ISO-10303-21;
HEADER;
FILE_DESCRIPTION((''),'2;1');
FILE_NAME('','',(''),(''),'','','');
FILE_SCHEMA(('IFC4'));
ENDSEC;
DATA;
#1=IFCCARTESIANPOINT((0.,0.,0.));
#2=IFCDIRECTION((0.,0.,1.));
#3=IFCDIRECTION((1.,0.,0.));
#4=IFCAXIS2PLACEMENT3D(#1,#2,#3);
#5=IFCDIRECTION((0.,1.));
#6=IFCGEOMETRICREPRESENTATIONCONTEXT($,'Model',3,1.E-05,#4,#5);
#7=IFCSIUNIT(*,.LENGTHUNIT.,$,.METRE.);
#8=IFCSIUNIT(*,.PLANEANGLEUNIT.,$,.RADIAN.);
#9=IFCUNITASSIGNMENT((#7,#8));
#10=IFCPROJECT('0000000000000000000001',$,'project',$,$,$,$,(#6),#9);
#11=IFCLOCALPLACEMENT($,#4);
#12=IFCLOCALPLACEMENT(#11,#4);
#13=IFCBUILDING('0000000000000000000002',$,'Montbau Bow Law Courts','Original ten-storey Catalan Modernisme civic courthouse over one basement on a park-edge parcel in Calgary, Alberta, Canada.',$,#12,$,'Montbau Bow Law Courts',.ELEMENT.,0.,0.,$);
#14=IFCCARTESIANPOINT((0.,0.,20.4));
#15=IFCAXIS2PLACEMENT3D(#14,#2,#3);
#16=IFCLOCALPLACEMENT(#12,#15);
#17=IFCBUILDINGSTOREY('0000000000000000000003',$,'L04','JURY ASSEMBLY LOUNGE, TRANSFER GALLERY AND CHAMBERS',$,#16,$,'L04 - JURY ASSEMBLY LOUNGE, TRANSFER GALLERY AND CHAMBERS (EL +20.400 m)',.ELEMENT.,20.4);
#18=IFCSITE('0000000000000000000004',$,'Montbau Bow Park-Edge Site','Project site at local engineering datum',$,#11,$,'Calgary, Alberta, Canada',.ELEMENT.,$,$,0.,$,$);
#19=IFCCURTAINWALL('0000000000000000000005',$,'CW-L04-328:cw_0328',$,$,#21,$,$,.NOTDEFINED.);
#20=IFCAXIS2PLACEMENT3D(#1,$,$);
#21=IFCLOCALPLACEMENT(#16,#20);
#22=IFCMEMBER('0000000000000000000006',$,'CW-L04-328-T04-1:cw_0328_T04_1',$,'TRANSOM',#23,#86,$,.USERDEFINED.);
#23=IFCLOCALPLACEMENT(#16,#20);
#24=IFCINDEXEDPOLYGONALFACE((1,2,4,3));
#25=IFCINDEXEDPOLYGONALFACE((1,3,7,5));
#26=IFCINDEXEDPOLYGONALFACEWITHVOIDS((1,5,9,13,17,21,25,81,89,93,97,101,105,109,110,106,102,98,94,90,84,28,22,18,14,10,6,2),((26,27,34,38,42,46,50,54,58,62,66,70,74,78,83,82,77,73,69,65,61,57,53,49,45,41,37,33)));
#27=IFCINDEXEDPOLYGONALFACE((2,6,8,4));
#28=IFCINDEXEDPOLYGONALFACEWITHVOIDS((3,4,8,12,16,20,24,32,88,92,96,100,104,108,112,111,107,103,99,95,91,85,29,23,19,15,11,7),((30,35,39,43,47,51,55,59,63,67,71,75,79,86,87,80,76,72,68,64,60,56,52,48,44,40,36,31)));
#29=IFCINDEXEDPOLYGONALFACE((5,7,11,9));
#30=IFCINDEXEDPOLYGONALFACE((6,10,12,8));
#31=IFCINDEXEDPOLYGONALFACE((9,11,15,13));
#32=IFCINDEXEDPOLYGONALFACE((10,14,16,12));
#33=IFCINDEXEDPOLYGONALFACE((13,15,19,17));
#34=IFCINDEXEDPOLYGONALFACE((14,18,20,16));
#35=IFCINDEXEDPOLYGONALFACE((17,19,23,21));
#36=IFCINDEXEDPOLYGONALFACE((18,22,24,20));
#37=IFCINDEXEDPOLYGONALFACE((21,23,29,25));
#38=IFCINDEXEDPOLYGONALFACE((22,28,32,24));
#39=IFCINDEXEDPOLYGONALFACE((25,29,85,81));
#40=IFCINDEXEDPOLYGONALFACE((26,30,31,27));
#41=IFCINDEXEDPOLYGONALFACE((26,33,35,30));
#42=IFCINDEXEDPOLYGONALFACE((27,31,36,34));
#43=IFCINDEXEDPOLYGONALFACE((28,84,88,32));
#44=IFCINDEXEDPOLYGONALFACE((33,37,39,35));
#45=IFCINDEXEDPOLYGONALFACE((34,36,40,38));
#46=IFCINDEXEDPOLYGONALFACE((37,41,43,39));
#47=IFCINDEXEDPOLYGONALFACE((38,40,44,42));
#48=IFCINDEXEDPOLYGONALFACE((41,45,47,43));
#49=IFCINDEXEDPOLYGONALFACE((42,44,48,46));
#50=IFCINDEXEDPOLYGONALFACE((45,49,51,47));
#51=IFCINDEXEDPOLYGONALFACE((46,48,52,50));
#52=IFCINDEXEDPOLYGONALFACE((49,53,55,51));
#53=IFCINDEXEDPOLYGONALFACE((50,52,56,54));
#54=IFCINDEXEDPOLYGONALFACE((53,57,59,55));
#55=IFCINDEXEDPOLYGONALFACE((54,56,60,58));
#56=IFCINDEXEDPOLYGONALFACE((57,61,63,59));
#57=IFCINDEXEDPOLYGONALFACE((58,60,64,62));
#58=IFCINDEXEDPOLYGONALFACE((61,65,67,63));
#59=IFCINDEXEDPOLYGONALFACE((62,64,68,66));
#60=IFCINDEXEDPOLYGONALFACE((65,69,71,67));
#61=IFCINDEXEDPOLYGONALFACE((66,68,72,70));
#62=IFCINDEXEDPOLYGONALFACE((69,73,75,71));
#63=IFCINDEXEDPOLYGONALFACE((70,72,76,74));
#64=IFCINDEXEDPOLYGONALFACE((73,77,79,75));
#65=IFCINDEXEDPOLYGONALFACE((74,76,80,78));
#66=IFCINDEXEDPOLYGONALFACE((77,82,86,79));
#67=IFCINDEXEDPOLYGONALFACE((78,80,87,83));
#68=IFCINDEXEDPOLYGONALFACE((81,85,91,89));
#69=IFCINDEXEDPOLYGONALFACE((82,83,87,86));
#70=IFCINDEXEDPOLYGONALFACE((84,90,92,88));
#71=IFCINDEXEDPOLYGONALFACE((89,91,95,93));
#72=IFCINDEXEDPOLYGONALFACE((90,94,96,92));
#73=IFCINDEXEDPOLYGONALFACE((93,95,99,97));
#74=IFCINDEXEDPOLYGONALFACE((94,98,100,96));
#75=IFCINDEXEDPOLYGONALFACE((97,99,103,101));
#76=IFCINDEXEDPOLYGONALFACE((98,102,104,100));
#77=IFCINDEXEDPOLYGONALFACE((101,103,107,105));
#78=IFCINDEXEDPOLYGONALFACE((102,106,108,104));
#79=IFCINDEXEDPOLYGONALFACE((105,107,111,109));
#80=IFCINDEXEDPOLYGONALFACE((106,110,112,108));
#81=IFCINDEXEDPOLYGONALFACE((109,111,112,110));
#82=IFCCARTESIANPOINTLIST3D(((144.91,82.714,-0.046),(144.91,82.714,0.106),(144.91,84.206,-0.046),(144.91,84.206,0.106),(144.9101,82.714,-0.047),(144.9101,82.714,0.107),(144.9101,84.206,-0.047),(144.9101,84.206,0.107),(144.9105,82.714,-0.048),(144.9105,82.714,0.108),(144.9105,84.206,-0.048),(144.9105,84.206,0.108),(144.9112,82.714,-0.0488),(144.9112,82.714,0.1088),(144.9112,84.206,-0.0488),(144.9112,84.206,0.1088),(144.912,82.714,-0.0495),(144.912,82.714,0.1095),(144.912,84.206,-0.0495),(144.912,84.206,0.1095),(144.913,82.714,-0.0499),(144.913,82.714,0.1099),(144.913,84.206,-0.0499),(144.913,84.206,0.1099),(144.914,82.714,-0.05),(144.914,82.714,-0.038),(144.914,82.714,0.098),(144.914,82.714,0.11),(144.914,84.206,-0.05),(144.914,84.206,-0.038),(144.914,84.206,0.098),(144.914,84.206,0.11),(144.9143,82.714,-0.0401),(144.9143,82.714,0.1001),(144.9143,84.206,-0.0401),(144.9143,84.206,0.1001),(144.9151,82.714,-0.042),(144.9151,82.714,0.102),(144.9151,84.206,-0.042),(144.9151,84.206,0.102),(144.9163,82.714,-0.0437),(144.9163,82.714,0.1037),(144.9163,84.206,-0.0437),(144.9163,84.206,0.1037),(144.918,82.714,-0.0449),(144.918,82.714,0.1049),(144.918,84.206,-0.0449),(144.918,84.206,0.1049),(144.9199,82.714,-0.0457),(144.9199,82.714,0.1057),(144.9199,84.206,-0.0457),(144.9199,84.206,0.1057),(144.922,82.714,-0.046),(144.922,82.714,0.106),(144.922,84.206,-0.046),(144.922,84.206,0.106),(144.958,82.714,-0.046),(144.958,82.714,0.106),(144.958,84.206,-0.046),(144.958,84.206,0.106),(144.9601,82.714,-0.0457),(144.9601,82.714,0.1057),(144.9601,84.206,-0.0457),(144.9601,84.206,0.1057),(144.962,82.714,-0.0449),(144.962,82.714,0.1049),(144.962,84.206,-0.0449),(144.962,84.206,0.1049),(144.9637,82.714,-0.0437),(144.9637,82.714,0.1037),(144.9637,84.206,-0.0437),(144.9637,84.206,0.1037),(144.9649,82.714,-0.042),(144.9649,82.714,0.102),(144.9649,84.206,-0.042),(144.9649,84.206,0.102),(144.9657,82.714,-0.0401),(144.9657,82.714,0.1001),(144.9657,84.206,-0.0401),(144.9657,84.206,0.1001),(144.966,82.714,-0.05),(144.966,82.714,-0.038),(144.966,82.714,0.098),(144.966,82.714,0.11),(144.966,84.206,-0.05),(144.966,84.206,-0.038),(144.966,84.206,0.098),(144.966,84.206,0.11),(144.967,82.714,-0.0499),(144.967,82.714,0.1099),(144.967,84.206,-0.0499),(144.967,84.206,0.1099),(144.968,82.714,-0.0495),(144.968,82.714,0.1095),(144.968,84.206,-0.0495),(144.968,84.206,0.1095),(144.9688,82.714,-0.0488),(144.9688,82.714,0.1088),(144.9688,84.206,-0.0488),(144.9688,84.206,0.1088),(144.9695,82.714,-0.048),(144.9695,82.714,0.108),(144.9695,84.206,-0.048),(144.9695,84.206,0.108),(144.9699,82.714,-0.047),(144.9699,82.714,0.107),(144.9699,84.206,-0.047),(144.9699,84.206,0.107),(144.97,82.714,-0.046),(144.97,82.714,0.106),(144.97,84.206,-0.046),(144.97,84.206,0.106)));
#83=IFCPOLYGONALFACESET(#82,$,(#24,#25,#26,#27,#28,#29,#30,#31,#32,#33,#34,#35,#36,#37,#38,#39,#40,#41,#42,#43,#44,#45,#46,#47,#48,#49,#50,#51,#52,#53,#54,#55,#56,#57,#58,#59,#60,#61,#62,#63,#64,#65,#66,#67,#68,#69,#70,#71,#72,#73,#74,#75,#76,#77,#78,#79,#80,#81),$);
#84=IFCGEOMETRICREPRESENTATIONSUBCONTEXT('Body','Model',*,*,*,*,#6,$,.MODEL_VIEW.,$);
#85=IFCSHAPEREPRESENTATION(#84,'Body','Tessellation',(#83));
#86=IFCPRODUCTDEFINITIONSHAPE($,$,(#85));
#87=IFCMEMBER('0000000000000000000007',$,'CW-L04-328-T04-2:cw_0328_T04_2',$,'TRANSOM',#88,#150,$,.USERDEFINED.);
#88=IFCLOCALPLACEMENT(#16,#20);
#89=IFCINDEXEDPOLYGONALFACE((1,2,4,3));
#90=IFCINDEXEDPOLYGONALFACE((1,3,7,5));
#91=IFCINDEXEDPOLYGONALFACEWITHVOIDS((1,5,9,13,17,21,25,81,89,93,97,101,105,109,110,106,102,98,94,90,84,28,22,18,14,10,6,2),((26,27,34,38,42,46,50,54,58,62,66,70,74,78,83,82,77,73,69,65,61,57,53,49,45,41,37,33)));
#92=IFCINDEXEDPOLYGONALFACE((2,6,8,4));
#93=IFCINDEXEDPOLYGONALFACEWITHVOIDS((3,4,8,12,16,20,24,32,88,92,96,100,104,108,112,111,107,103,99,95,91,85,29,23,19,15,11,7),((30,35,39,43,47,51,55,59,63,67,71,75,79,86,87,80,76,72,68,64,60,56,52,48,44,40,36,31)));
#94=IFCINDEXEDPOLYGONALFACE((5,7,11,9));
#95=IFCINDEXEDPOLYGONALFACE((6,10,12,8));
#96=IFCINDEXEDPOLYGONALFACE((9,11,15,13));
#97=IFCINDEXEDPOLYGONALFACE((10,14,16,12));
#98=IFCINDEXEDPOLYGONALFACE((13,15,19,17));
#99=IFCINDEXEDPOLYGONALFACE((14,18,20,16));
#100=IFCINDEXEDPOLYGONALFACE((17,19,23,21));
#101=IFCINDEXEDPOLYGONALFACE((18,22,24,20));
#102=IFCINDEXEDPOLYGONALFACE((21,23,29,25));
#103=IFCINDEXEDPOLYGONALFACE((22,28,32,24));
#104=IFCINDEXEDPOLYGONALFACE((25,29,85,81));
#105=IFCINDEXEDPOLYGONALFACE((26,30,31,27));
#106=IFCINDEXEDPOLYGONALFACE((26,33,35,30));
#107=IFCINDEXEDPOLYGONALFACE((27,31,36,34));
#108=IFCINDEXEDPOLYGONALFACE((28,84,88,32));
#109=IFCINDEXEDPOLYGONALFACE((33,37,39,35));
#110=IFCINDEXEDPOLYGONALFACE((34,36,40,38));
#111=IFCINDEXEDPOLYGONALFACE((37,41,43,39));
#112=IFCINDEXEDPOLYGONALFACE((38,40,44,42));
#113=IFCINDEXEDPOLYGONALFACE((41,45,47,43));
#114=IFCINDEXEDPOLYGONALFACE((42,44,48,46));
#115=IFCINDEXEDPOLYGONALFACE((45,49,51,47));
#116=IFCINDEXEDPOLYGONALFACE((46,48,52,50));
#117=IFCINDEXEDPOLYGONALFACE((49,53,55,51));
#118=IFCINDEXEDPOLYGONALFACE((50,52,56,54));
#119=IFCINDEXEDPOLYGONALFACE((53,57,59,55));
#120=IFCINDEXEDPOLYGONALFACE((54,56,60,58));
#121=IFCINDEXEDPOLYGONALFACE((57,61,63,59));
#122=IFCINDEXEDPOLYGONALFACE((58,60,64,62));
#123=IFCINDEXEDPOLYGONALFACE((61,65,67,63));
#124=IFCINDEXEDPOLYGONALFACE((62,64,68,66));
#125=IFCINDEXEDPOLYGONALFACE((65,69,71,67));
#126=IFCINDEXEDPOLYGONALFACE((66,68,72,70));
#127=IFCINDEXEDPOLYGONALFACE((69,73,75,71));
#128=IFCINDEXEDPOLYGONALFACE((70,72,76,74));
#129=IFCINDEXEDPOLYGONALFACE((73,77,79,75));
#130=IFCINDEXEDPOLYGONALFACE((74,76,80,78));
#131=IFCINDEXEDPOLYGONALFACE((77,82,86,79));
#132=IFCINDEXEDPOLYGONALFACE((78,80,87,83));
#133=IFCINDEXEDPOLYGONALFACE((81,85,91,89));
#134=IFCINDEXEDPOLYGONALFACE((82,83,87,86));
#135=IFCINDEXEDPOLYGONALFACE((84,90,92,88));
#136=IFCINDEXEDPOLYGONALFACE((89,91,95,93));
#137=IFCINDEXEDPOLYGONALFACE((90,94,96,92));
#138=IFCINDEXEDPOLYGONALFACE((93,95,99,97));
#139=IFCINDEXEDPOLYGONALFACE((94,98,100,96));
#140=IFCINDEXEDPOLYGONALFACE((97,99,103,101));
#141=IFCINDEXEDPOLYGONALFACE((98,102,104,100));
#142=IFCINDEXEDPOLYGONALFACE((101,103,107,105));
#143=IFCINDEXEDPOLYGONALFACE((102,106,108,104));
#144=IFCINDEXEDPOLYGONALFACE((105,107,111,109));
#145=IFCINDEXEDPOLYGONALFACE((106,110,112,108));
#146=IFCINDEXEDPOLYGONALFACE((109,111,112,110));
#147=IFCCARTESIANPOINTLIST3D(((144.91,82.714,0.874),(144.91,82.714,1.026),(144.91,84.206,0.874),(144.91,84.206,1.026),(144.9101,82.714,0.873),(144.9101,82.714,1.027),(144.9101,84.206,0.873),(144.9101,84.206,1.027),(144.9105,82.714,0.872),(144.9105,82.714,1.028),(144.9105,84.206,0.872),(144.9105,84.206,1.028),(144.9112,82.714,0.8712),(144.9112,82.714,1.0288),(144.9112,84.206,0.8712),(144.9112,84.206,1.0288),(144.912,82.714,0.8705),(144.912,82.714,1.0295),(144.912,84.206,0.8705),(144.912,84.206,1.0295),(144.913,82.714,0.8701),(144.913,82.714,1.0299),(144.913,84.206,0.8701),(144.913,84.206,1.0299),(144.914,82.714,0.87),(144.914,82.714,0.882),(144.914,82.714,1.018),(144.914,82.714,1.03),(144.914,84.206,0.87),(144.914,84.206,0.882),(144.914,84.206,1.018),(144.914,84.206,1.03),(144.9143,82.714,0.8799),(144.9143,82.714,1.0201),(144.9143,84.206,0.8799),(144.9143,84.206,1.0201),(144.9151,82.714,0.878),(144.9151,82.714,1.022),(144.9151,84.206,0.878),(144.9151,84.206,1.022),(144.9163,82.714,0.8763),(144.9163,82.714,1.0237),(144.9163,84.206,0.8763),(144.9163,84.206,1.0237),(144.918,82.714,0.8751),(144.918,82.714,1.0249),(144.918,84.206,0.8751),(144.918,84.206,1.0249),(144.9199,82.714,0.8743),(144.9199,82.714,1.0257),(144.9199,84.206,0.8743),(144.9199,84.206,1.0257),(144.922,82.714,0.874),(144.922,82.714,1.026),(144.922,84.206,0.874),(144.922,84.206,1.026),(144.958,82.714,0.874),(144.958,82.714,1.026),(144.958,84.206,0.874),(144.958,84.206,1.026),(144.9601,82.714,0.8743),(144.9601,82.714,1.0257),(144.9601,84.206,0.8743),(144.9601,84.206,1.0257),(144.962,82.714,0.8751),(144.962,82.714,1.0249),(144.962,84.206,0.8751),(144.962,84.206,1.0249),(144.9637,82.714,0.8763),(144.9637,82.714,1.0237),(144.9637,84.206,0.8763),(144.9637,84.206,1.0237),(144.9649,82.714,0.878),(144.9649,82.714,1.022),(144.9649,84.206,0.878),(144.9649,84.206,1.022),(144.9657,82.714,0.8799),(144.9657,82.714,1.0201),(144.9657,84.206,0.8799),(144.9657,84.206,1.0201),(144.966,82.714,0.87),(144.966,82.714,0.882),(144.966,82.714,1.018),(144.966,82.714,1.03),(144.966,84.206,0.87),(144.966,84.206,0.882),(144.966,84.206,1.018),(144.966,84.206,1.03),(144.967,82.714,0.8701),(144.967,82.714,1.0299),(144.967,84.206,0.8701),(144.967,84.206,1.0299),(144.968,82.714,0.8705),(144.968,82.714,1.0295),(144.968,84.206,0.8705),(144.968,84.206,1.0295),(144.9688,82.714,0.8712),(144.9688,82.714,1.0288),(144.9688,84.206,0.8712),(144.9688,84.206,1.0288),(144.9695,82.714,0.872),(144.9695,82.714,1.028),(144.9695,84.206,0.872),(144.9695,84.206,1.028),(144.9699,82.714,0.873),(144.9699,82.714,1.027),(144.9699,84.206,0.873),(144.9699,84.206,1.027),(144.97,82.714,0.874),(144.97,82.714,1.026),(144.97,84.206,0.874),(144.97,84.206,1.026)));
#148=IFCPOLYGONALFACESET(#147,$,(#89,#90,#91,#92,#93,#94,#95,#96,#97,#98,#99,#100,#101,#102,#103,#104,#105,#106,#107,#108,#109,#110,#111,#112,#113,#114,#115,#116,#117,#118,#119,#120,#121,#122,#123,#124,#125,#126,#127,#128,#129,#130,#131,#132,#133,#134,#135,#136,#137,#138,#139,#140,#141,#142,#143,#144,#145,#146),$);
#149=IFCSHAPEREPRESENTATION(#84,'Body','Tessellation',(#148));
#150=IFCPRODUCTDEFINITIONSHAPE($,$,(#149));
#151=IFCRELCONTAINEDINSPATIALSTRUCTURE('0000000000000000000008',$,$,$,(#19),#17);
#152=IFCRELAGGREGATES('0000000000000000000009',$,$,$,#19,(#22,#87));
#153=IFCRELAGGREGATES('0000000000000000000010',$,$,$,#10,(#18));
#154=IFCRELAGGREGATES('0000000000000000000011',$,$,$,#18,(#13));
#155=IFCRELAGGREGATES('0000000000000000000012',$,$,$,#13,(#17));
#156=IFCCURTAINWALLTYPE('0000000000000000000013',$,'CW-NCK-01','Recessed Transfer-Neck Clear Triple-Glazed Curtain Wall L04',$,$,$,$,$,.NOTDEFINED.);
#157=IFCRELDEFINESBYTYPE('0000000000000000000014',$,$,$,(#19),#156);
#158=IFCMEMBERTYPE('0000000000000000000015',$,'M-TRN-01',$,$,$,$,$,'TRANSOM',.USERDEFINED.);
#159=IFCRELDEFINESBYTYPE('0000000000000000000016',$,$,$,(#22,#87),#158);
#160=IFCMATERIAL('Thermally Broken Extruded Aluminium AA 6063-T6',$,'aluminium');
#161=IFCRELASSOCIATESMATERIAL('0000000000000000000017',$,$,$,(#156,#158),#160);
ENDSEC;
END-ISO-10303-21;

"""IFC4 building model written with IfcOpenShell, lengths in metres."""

from ifc_helpers import new_model, si_unit, direction, frame, origin_with_axes, origin_2d_with_axis, place, context, subcontext, project, spatial, hollow_rectangle, extrude, material, material_profile, profile_set, type_object, element, aggregate, save


model = new_model("IFC4")

# Units and contexts
model_context = context("Model", 3, precision=1e-05, world=origin_with_axes(), true_north=direction((0.0, 1.0)))
body_context = subcontext(model_context, "Body", "Model", "MODEL_VIEW")
ifc_project = project(units=[si_unit("LENGTHUNIT", "METRE"), si_unit("PLANEANGLEUNIT", "RADIAN")], contexts=[model_context])

# Site, building, storey
site_placement = place(None, origin_with_axes())
site = spatial("IfcSite", under=ifc_project, at=site_placement, Name="Montbau Bow Park-Edge Site", Description="Project site at local engineering datum", LongName="Calgary, Alberta, Canada", CompositionType="ELEMENT", RefElevation=0.0)
building_placement = place(site_placement, origin_with_axes())
building = spatial("IfcBuilding", under=site, at=building_placement, Name="Montbau Bow Law Courts", Description="Original ten-storey Catalan Modernisme civic courthouse over one basement on a park-edge parcel in Calgary, Alberta, Canada.", LongName="Montbau Bow Law Courts", CompositionType="ELEMENT", ElevationOfRefHeight=0.0, ElevationOfTerrain=0.0)
storey_placement = place(building_placement, frame((0.0, 0.0, 20.4), z_axis=(0.0, 0.0, 1.0), x_axis=(1.0, 0.0, 0.0)))
storey = spatial("IfcBuildingStorey", under=building, at=storey_placement, Name="L04", Description="JURY ASSEMBLY LOUNGE, TRANSFER GALLERY AND CHAMBERS", LongName="L04 - JURY ASSEMBLY LOUNGE, TRANSFER GALLERY AND CHAMBERS (EL +20.400 m)", CompositionType="ELEMENT", Elevation=20.4)

# Curtain wall, members
ifc_material_1 = material(Name="Thermally Broken Extruded Aluminium AA 6063-T6", Category="aluminium")
curtain_wall_type = type_object("IfcCurtainWallType", Name="CW-NCK-01", Description="Recessed Transfer-Neck Clear Triple-Glazed Curtain Wall L04", PredefinedType="NOTDEFINED", material=ifc_material_1)
curtain_wall_placement = place(None, frame((144.94, 78.0, 20.4), z_axis=(0.0, 0.0, 1.0), x_axis=(1.0, 0.0, 0.0)))
curtain_wall = element("IfcCurtainWall", 1, at=curtain_wall_placement, inside=storey, type_object=curtain_wall_type, Name="CW-L04-328:cw_0328", PredefinedType="NOTDEFINED")
ifc_material_profile_1 = material_profile(ifc_material_1, hollow_rectangle(XDim=0.06, YDim=0.16, WallThickness=0.004, InnerFilletRadius=0.008, OuterFilletRadius=0.004, at=origin_2d_with_axis()), Name="CWT-160X60", Category="Main", Priority=0)
ifc_profile_set_1 = profile_set([ifc_material_profile_1], Name="Thermally Broken Extruded Aluminium AA 6063-T6")
member_type_1 = type_object("IfcMemberType", Name="M-TRN-01", ElementType="TRANSOM", PredefinedType="USERDEFINED", material=ifc_profile_set_1)
member_1_placement = place(None, frame((144.94, 82.714, 20.43), z_axis=(0.0, 1.0, 0.0), x_axis=(-1.0, 0.0, 0.0)))
member_1 = element("IfcMember", 2, at=member_1_placement, type_object=member_type_1, Name="CW-L04-328-T04-1:cw_0328_T04_1", ObjectType="TRANSOM", PredefinedType="USERDEFINED", context=body_context, shape_type="SweptSolid", body=[
    extrude(hollow_rectangle(XDim=0.06, YDim=0.16, WallThickness=0.004, InnerFilletRadius=0.008, OuterFilletRadius=0.004, at=origin_2d_with_axis()), origin_with_axes(), (0.0, 0.0, 1.0), 1.492),
])
member_2_placement = place(None, frame((144.94, 82.714, 21.35), z_axis=(0.0, 1.0, 0.0), x_axis=(-1.0, 0.0, 0.0)))
member_2 = element("IfcMember", 3, at=member_2_placement, type_object=member_type_1, Name="CW-L04-328-T04-2:cw_0328_T04_2", ObjectType="TRANSOM", PredefinedType="USERDEFINED", context=body_context, shape_type="SweptSolid", body=[
    extrude(hollow_rectangle(XDim=0.06, YDim=0.16, WallThickness=0.004, InnerFilletRadius=0.008, OuterFilletRadius=0.004, at=origin_2d_with_axis()), origin_with_axes(), (0.0, 0.0, 1.0), 1.492),
])
aggregate(curtain_wall, [member_1, member_2])

save(model, "model.ifc")
